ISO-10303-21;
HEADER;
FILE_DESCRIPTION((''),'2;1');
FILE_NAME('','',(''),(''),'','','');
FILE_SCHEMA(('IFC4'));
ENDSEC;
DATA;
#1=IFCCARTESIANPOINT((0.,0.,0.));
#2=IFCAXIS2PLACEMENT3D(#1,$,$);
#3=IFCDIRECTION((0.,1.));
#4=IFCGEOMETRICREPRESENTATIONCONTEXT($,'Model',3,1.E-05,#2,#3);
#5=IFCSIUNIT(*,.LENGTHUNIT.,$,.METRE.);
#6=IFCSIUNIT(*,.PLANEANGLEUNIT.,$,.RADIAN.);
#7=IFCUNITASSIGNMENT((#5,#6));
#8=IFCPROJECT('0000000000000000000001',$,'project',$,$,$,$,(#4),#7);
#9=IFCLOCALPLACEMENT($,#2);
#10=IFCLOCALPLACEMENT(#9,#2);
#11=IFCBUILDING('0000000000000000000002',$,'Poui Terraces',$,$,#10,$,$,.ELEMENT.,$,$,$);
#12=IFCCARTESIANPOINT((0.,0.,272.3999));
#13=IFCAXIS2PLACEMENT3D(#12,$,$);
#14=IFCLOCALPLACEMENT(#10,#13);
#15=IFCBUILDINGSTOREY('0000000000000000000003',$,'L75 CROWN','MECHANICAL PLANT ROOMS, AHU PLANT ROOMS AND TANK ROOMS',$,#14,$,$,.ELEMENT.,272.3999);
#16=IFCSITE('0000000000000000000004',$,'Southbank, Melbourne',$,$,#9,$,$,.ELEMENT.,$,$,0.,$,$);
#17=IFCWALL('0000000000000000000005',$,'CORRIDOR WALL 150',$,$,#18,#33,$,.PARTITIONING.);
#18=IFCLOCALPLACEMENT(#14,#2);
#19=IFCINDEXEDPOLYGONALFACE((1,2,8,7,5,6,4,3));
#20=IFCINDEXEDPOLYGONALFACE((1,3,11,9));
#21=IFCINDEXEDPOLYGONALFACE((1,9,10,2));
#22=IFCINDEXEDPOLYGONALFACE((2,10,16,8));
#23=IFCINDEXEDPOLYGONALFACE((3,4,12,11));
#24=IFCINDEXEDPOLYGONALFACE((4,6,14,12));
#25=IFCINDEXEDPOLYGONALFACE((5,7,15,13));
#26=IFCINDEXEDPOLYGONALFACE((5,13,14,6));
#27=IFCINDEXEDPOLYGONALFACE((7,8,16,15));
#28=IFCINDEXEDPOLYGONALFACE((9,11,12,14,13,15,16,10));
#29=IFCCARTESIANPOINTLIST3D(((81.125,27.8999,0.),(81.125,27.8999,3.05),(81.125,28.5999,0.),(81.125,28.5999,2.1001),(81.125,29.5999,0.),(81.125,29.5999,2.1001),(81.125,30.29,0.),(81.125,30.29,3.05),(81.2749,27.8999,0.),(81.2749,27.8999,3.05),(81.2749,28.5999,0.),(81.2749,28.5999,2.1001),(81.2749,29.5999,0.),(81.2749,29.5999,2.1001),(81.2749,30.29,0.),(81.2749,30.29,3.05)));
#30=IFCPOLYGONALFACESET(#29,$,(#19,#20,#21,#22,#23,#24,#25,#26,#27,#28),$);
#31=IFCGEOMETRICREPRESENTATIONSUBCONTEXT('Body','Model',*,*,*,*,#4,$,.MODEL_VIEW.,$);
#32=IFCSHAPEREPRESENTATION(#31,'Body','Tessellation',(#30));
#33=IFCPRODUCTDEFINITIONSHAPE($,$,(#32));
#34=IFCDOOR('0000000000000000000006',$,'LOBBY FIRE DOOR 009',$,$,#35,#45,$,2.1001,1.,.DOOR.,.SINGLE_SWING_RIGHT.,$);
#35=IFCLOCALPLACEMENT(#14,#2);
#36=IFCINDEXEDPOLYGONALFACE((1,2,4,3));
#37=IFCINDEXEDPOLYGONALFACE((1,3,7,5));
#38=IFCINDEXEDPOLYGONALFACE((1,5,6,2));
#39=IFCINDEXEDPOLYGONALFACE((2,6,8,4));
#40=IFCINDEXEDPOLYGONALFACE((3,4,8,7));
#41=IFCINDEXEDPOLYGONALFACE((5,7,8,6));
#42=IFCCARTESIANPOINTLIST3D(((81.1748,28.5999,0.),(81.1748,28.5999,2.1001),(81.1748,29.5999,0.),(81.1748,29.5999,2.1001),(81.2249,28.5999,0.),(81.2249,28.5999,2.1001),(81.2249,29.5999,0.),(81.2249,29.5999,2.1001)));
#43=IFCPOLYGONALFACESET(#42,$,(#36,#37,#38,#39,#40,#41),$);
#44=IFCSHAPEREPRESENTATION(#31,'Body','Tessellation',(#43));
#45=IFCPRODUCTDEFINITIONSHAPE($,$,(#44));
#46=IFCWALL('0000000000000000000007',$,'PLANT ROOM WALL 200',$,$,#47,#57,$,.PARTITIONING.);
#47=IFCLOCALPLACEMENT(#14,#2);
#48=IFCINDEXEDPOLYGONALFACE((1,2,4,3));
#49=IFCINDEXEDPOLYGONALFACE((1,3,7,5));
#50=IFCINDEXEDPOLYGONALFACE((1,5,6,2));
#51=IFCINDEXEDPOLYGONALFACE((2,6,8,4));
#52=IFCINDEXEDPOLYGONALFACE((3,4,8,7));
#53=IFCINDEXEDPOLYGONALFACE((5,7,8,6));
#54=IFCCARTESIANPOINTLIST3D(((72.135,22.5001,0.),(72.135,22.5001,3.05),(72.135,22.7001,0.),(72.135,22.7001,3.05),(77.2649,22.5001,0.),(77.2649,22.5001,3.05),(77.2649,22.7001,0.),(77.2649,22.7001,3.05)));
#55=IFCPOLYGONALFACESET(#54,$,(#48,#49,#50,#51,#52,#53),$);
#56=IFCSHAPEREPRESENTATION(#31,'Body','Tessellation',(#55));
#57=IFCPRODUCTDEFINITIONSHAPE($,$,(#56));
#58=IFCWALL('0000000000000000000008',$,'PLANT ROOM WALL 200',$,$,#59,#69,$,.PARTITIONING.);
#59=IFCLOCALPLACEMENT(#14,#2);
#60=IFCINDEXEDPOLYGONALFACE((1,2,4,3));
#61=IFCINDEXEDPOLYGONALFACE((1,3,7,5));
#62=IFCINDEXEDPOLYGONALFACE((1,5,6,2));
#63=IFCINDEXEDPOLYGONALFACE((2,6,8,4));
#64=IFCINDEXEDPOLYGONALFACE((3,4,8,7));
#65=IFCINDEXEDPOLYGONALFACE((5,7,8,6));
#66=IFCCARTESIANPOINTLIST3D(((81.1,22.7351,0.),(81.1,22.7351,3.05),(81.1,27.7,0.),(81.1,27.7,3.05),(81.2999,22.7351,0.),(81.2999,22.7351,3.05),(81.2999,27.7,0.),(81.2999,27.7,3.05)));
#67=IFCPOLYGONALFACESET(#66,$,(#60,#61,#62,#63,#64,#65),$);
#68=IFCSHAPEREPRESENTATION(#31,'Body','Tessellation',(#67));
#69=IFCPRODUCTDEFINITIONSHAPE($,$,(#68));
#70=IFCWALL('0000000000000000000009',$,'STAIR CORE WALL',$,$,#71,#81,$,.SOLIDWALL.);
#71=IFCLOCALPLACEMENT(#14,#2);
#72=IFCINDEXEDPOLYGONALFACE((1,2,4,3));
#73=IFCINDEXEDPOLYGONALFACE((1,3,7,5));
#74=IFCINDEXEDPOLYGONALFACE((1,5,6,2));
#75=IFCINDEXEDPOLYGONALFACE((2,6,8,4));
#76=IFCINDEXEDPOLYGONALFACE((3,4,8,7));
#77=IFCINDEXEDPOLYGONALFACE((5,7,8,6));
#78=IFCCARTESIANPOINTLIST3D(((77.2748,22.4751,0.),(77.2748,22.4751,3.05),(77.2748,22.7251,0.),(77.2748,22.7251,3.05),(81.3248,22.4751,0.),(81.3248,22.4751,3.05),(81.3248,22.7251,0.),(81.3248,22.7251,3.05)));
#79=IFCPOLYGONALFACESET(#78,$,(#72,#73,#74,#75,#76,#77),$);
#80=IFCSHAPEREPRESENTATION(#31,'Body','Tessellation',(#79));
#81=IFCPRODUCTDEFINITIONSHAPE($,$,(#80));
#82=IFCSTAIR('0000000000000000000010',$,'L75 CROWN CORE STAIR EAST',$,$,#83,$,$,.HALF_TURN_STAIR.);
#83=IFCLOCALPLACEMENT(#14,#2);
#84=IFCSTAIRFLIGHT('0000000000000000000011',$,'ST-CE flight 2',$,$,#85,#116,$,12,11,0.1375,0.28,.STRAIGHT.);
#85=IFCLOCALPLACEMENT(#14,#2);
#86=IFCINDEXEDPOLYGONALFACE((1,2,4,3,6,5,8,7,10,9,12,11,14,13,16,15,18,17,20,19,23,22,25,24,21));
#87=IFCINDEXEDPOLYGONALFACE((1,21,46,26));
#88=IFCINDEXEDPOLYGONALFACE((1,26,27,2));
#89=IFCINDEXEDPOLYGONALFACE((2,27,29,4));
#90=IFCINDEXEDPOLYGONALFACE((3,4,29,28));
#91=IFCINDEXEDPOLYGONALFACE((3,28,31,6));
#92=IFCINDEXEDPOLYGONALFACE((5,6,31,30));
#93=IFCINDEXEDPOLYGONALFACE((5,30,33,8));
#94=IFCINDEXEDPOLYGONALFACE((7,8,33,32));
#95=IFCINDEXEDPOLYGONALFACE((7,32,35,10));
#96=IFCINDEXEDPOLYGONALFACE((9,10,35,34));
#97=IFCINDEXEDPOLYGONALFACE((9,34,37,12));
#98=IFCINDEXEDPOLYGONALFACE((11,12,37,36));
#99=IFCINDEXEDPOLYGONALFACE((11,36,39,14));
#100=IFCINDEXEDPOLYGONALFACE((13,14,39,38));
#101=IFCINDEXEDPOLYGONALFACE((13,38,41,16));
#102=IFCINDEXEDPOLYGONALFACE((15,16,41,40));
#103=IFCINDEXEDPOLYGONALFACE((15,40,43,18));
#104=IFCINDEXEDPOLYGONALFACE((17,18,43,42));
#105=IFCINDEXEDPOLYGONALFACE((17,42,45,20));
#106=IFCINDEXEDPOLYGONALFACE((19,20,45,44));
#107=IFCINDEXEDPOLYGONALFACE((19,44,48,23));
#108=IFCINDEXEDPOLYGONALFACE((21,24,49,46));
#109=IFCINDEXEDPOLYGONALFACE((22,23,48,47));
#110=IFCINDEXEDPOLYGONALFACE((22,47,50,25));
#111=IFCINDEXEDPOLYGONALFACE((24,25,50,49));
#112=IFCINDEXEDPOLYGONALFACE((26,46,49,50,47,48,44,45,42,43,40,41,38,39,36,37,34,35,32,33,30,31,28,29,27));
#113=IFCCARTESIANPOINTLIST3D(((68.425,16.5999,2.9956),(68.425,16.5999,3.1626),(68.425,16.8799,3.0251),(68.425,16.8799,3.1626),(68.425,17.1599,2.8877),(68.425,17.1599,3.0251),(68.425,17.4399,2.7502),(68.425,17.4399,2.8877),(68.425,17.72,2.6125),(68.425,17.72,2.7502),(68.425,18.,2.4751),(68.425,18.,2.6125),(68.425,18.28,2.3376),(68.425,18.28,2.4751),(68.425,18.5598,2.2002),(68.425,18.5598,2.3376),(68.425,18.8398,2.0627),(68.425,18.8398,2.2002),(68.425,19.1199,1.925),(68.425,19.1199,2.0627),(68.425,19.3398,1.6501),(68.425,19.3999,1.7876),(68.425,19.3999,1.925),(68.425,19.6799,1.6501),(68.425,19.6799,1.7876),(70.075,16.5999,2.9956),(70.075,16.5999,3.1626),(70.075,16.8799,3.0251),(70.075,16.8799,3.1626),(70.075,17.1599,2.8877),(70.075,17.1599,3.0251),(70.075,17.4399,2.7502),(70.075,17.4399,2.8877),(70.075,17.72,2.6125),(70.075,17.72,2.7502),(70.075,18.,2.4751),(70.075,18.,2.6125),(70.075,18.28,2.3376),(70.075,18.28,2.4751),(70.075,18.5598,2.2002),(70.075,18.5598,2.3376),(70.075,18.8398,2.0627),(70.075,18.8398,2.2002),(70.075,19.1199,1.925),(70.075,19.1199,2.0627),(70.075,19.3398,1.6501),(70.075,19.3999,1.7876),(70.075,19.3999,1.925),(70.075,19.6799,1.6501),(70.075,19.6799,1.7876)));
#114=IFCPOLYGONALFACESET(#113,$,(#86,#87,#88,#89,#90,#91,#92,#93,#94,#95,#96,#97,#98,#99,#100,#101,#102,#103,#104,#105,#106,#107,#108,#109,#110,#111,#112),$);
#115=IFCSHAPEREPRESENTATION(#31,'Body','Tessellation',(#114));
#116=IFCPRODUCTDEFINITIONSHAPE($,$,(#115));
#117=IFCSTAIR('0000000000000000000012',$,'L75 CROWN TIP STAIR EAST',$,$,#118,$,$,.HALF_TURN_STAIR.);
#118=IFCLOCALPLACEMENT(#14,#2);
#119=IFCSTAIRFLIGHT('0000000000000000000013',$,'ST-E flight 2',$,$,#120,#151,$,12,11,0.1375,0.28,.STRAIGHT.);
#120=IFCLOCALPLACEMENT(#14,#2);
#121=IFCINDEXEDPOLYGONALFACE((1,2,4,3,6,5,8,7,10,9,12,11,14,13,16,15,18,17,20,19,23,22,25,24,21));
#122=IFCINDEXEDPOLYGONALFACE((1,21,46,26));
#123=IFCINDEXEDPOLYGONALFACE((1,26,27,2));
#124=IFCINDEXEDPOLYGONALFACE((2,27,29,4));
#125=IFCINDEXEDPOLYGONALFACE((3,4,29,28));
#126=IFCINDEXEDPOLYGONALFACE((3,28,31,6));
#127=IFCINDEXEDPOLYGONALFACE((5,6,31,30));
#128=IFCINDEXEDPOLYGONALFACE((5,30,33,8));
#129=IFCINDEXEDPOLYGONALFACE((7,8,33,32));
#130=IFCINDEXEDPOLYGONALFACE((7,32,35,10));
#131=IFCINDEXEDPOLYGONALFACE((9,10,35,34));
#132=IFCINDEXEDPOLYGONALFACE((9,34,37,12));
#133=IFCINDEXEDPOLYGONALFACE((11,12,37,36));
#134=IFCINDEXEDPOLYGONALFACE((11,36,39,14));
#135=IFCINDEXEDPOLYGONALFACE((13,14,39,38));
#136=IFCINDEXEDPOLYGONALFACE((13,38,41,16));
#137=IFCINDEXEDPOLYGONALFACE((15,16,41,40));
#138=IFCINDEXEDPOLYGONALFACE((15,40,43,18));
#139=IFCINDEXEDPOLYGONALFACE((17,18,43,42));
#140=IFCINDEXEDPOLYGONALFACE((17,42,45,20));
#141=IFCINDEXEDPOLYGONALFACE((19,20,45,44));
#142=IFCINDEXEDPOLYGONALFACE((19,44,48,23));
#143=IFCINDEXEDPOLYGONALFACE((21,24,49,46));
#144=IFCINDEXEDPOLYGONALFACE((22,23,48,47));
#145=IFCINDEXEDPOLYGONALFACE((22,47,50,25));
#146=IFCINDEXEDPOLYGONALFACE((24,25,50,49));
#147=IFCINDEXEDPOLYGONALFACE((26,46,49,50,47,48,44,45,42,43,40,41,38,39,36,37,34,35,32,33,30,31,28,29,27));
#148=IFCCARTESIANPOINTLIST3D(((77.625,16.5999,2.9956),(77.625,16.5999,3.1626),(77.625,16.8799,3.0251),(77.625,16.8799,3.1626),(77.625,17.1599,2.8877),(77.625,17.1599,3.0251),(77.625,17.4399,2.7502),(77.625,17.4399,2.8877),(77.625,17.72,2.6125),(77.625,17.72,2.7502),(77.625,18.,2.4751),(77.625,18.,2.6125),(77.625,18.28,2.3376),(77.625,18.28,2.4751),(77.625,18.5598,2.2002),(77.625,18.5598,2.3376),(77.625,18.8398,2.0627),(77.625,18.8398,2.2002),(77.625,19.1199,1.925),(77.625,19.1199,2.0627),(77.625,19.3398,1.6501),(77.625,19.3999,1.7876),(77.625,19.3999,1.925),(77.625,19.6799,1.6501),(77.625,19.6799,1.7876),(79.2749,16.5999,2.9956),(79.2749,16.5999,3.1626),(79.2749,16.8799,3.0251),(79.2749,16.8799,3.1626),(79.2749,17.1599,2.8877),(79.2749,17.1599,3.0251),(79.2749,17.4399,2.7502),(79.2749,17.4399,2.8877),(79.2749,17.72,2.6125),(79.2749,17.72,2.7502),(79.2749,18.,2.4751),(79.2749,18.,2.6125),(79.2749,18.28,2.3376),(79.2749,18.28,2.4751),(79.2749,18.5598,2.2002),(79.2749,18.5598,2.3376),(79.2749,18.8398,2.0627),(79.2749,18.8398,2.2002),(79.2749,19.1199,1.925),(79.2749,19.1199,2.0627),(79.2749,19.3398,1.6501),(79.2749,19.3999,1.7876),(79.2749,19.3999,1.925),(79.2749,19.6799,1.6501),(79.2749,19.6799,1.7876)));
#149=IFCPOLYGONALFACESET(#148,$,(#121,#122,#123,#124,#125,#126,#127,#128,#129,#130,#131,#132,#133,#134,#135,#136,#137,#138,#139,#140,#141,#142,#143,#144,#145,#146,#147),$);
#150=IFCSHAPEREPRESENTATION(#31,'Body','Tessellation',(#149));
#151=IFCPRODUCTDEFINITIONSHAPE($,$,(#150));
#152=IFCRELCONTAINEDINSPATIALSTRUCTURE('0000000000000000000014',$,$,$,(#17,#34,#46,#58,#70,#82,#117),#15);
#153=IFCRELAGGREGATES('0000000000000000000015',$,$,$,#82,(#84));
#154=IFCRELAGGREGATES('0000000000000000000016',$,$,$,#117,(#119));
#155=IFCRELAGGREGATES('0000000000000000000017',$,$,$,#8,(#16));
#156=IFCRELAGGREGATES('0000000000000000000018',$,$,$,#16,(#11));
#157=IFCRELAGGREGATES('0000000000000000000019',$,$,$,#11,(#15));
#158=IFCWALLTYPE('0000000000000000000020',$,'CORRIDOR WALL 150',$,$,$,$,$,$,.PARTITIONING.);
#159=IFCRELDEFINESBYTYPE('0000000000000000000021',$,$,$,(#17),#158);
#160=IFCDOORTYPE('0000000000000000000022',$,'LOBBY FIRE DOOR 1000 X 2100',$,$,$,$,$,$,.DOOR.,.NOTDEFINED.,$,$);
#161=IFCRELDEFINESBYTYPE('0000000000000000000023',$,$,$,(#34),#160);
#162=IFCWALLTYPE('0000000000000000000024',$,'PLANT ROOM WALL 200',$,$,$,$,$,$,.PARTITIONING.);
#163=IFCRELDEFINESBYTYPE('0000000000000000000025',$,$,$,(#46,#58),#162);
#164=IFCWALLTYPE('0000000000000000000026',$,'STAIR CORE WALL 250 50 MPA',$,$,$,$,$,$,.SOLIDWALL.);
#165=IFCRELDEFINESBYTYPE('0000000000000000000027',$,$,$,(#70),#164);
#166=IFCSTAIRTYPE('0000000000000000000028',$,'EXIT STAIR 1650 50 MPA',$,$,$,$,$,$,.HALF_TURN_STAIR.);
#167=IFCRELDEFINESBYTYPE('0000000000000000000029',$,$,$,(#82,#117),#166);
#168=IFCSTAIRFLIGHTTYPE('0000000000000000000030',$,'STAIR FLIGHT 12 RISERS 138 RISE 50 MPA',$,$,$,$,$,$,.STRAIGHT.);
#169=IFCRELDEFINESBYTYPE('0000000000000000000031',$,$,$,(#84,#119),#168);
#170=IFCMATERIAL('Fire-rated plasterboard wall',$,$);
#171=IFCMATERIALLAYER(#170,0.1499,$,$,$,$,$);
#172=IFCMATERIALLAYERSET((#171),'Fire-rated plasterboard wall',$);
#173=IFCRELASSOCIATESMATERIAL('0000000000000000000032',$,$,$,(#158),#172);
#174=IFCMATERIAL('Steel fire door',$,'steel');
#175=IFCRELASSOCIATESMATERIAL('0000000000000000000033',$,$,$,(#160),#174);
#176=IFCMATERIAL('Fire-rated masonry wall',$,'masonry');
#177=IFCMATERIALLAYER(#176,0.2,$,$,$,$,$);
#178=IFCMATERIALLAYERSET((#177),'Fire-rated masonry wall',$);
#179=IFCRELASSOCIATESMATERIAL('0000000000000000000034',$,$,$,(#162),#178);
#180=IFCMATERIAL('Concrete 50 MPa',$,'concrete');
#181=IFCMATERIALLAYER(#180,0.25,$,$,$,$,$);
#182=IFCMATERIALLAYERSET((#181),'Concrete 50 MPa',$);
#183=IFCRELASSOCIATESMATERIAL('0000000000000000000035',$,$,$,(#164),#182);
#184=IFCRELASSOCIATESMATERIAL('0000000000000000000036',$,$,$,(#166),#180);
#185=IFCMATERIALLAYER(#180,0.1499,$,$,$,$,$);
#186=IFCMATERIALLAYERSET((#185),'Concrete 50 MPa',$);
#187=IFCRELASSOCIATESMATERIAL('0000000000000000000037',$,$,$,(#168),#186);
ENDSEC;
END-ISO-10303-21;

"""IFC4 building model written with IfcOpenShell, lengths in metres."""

from ifc_helpers import new_model, si_unit, direction, frame, frame_2d, origin, place, context, subcontext, project, spatial, polyline, rectangle, outline, extrude, material, layer, layer_set, type_object, element, fill, aggregate, save


model = new_model("IFC4")

# Units and contexts
model_context = context("Model", 3, precision=1e-05, world=origin(), true_north=direction((0.0, 1.0)))
body_context = subcontext(model_context, "Body", "Model", "MODEL_VIEW")
ifc_project = project(units=[si_unit("LENGTHUNIT", "METRE"), si_unit("PLANEANGLEUNIT", "RADIAN")], contexts=[model_context])

# Site, building, storey
site_placement = place(None, origin())
site = spatial("IfcSite", under=ifc_project, at=site_placement, Name="Southbank, Melbourne", CompositionType="ELEMENT", RefElevation=0.0)
building_placement = place(site_placement, origin())
building = spatial("IfcBuilding", under=site, at=building_placement, Name="Poui Terraces", CompositionType="ELEMENT")
storey_placement = place(building_placement, frame((0.0, 0.0, 272.3999)))
storey = spatial("IfcBuildingStorey", under=building, at=storey_placement, Name="L75 CROWN", Description="MECHANICAL PLANT ROOMS, AHU PLANT ROOMS AND TANK ROOMS", CompositionType="ELEMENT", Elevation=272.3999)

# Wall, opening, door
ifc_material_1 = material(Name="Fire-rated plasterboard wall")
ifc_layer_1 = layer(ifc_material_1, 0.1499)
ifc_layer_set_1 = layer_set([ifc_layer_1], Name="Fire-rated plasterboard wall")
wall_type_1 = type_object("IfcWallType", Name="CORRIDOR WALL 150", PredefinedType="PARTITIONING", material=ifc_layer_set_1)
wall_1_placement = place(storey_placement, frame((81.2, 27.8999, 0.0), z_axis=(0.0, 0.0, 1.0), x_axis=(0.0, 1.0, 0.0)))
wall_1 = element("IfcWall", 1, at=wall_1_placement, inside=storey, type_object=wall_type_1, Name="CORRIDOR WALL 150", PredefinedType="PARTITIONING", context=body_context, shape_type="SweptSolid", body=[
    extrude(rectangle(XDim=2.3901, YDim=0.1499, at=frame_2d((1.1951, 0.0))), origin(), (0.0, 0.0, 1.0), 3.05),
])
opening_placement = place(wall_1_placement, frame((0.7, 0.0, 0.0)))
opening = element("IfcOpeningElement", 2, at=opening_placement, cuts=wall_1, PredefinedType="OPENING", context=body_context, shape_type="SweptSolid", body=[
    extrude(rectangle(XDim=1.0, YDim=2.1001, at=frame_2d((0.5, 1.05))), frame((0.0, 0.085, 0.0), z_axis=(0.0, -1.0, 0.0), x_axis=(1.0, 0.0, 0.0)), (0.0, 0.0, 1.0), 0.1699),
])
ifc_material_2 = material(Name="Steel fire door", Category="steel")
door_type = type_object("IfcDoorType", Name="LOBBY FIRE DOOR 1000 X 2100", OperationType="NOTDEFINED", PredefinedType="DOOR", material=ifc_material_2)
door_placement = place(opening_placement, frame((1.0, 0.0, 0.0), z_axis=(0.0, 0.0, 1.0), x_axis=(-1.0, 0.0, 0.0)))
door = element("IfcDoor", 3, at=door_placement, inside=storey, type_object=door_type, Name="LOBBY FIRE DOOR 009", OperationType="SINGLE_SWING_RIGHT", OverallHeight=2.1001, OverallWidth=1.0, PredefinedType="DOOR", context=body_context, shape_type="SweptSolid", body=[
    extrude(rectangle(XDim=1.0, YDim=2.1001, at=frame_2d((0.5, 1.05))), frame((0.0, 0.0249, 0.0), z_axis=(0.0, -1.0, 0.0), x_axis=(1.0, 0.0, 0.0)), (0.0, 0.0, 1.0), 0.05),
])
fill(opening, door)

# Walls
ifc_material_3 = material(Name="Fire-rated masonry wall", Category="masonry")
ifc_layer_2 = layer(ifc_material_3, 0.2)
ifc_layer_set_2 = layer_set([ifc_layer_2], Name="Fire-rated masonry wall")
wall_type_2 = type_object("IfcWallType", Name="PLANT ROOM WALL 200", PredefinedType="PARTITIONING", material=ifc_layer_set_2)
wall_2_placement = place(storey_placement, frame((72.135, 22.6001, 0.0), z_axis=(0.0, 0.0, 1.0), x_axis=(1.0, 0.0, 0.0)))
element("IfcWall", 4, at=wall_2_placement, inside=storey, type_object=wall_type_2, Name="PLANT ROOM WALL 200", PredefinedType="PARTITIONING", context=body_context, shape_type="SweptSolid", body=[
    extrude(rectangle(XDim=5.1299, YDim=0.2, at=frame_2d((2.5649, 0.0))), origin(), (0.0, 0.0, 1.0), 3.05),
])
wall_3_placement = place(storey_placement, frame((81.2, 22.7351, 0.0), z_axis=(0.0, 0.0, 1.0), x_axis=(0.0, 1.0, 0.0)))
element("IfcWall", 5, at=wall_3_placement, inside=storey, type_object=wall_type_2, Name="PLANT ROOM WALL 200", PredefinedType="PARTITIONING", context=body_context, shape_type="SweptSolid", body=[
    extrude(rectangle(XDim=4.9648, YDim=0.2, at=frame_2d((2.4824, 0.0))), origin(), (0.0, 0.0, 1.0), 3.05),
])
ifc_material_4 = material(Name="Concrete 50 MPa", Category="concrete")
ifc_layer_3 = layer(ifc_material_4, 0.25)
ifc_layer_set_3 = layer_set([ifc_layer_3], Name="Concrete 50 MPa")
wall_type_3 = type_object("IfcWallType", Name="STAIR CORE WALL 250 50 MPA", PredefinedType="SOLIDWALL", material=ifc_layer_set_3)
wall_4_placement = place(storey_placement, frame((77.2749, 22.6001, 0.0), z_axis=(0.0, 0.0, 1.0), x_axis=(1.0, 0.0, 0.0)))
element("IfcWall", 6, at=wall_4_placement, inside=storey, type_object=wall_type_3, Name="STAIR CORE WALL", PredefinedType="SOLIDWALL", context=body_context, shape_type="SweptSolid", body=[
    extrude(rectangle(XDim=4.05, YDim=0.25, at=frame_2d((2.0249, 0.0))), origin(), (0.0, 0.0, 1.0), 3.05),
])

# Stairs, stair flights
stair_type = type_object("IfcStairType", Name="EXIT STAIR 1650 50 MPA", PredefinedType="HALF_TURN_STAIR", material=ifc_material_4)
stair_1_placement = place(storey_placement, origin())
stair_1 = element("IfcStair", 7, at=stair_1_placement, inside=storey, type_object=stair_type, Name="L75 CROWN CORE STAIR EAST", PredefinedType="HALF_TURN_STAIR")
ifc_layer_4 = layer(ifc_material_4, 0.1499)
ifc_layer_set_4 = layer_set([ifc_layer_4], Name="Concrete 50 MPa")
stair_flight_type = type_object("IfcStairFlightType", Name="STAIR FLIGHT 12 RISERS 138 RISE 50 MPA", PredefinedType="STRAIGHT", material=ifc_layer_set_4)
stair_flight_1_placement = place(storey_placement, frame((69.25, 19.6799, 1.6501), z_axis=(0.0, 0.0, 1.0), x_axis=(0.0, -1.0, 0.0)))
stair_flight_1 = element("IfcStairFlight", 8, at=stair_flight_1_placement, type_object=stair_flight_type, Name="ST-CE flight 2", NumberOfRisers=12, NumberOfTreads=11, PredefinedType="STRAIGHT", RiserHeight=0.1375, TreadLength=0.28, context=body_context, shape_type="SweptSolid", body=[
    extrude(outline(polyline([(0.0, 0.0), (0.0, 0.1375), (0.28, 0.1375), (0.28, 0.2749), (0.5601, 0.2749), (0.5601, 0.4126), (0.8401, 0.4126), (0.8401, 0.55), (1.1201, 0.55), (1.1201, 0.6875), (1.3999, 0.6875), (1.3999, 0.825), (1.6799, 0.825), (1.6799, 0.9624), (1.96, 0.9624), (1.96, 1.1001), (2.24, 1.1001), (2.24, 1.2375), (2.52, 1.2375), (2.52, 1.375), (2.8, 1.375), (2.8, 1.5125), (3.0801, 1.5125), (3.0801, 1.6499), (3.0801, 1.3455), (0.3401, 0.0), (0.0, 0.0)])), frame((0.0, 0.825, 0.0), z_axis=(0.0, -1.0, 0.0), x_axis=(1.0, 0.0, 0.0)), (0.0, 0.0, 1.0), 1.6499),
])
aggregate(stair_1, [stair_flight_1])
stair_2_placement = place(storey_placement, origin())
stair_2 = element("IfcStair", 9, at=stair_2_placement, inside=storey, type_object=stair_type, Name="L75 CROWN TIP STAIR EAST", PredefinedType="HALF_TURN_STAIR")
stair_flight_2_placement = place(storey_placement, frame((78.45, 19.6799, 1.6501), z_axis=(0.0, 0.0, 1.0), x_axis=(0.0, -1.0, 0.0)))
stair_flight_2 = element("IfcStairFlight", 10, at=stair_flight_2_placement, type_object=stair_flight_type, Name="ST-E flight 2", NumberOfRisers=12, NumberOfTreads=11, PredefinedType="STRAIGHT", RiserHeight=0.1375, TreadLength=0.28, context=body_context, shape_type="SweptSolid", body=[
    extrude(outline(polyline([(0.0, 0.0), (0.0, 0.1375), (0.28, 0.1375), (0.28, 0.2749), (0.5601, 0.2749), (0.5601, 0.4126), (0.8401, 0.4126), (0.8401, 0.55), (1.1201, 0.55), (1.1201, 0.6875), (1.3999, 0.6875), (1.3999, 0.825), (1.6799, 0.825), (1.6799, 0.9624), (1.96, 0.9624), (1.96, 1.1001), (2.24, 1.1001), (2.24, 1.2375), (2.52, 1.2375), (2.52, 1.375), (2.8, 1.375), (2.8, 1.5125), (3.0801, 1.5125), (3.0801, 1.6499), (3.0801, 1.3455), (0.3401, 0.0), (0.0, 0.0)])), frame((0.0, 0.825, 0.0), z_axis=(0.0, -1.0, 0.0), x_axis=(1.0, 0.0, 0.0)), (0.0, 0.0, 1.0), 1.6499),
])
aggregate(stair_2, [stair_flight_2])

save(model, "model.ifc")
